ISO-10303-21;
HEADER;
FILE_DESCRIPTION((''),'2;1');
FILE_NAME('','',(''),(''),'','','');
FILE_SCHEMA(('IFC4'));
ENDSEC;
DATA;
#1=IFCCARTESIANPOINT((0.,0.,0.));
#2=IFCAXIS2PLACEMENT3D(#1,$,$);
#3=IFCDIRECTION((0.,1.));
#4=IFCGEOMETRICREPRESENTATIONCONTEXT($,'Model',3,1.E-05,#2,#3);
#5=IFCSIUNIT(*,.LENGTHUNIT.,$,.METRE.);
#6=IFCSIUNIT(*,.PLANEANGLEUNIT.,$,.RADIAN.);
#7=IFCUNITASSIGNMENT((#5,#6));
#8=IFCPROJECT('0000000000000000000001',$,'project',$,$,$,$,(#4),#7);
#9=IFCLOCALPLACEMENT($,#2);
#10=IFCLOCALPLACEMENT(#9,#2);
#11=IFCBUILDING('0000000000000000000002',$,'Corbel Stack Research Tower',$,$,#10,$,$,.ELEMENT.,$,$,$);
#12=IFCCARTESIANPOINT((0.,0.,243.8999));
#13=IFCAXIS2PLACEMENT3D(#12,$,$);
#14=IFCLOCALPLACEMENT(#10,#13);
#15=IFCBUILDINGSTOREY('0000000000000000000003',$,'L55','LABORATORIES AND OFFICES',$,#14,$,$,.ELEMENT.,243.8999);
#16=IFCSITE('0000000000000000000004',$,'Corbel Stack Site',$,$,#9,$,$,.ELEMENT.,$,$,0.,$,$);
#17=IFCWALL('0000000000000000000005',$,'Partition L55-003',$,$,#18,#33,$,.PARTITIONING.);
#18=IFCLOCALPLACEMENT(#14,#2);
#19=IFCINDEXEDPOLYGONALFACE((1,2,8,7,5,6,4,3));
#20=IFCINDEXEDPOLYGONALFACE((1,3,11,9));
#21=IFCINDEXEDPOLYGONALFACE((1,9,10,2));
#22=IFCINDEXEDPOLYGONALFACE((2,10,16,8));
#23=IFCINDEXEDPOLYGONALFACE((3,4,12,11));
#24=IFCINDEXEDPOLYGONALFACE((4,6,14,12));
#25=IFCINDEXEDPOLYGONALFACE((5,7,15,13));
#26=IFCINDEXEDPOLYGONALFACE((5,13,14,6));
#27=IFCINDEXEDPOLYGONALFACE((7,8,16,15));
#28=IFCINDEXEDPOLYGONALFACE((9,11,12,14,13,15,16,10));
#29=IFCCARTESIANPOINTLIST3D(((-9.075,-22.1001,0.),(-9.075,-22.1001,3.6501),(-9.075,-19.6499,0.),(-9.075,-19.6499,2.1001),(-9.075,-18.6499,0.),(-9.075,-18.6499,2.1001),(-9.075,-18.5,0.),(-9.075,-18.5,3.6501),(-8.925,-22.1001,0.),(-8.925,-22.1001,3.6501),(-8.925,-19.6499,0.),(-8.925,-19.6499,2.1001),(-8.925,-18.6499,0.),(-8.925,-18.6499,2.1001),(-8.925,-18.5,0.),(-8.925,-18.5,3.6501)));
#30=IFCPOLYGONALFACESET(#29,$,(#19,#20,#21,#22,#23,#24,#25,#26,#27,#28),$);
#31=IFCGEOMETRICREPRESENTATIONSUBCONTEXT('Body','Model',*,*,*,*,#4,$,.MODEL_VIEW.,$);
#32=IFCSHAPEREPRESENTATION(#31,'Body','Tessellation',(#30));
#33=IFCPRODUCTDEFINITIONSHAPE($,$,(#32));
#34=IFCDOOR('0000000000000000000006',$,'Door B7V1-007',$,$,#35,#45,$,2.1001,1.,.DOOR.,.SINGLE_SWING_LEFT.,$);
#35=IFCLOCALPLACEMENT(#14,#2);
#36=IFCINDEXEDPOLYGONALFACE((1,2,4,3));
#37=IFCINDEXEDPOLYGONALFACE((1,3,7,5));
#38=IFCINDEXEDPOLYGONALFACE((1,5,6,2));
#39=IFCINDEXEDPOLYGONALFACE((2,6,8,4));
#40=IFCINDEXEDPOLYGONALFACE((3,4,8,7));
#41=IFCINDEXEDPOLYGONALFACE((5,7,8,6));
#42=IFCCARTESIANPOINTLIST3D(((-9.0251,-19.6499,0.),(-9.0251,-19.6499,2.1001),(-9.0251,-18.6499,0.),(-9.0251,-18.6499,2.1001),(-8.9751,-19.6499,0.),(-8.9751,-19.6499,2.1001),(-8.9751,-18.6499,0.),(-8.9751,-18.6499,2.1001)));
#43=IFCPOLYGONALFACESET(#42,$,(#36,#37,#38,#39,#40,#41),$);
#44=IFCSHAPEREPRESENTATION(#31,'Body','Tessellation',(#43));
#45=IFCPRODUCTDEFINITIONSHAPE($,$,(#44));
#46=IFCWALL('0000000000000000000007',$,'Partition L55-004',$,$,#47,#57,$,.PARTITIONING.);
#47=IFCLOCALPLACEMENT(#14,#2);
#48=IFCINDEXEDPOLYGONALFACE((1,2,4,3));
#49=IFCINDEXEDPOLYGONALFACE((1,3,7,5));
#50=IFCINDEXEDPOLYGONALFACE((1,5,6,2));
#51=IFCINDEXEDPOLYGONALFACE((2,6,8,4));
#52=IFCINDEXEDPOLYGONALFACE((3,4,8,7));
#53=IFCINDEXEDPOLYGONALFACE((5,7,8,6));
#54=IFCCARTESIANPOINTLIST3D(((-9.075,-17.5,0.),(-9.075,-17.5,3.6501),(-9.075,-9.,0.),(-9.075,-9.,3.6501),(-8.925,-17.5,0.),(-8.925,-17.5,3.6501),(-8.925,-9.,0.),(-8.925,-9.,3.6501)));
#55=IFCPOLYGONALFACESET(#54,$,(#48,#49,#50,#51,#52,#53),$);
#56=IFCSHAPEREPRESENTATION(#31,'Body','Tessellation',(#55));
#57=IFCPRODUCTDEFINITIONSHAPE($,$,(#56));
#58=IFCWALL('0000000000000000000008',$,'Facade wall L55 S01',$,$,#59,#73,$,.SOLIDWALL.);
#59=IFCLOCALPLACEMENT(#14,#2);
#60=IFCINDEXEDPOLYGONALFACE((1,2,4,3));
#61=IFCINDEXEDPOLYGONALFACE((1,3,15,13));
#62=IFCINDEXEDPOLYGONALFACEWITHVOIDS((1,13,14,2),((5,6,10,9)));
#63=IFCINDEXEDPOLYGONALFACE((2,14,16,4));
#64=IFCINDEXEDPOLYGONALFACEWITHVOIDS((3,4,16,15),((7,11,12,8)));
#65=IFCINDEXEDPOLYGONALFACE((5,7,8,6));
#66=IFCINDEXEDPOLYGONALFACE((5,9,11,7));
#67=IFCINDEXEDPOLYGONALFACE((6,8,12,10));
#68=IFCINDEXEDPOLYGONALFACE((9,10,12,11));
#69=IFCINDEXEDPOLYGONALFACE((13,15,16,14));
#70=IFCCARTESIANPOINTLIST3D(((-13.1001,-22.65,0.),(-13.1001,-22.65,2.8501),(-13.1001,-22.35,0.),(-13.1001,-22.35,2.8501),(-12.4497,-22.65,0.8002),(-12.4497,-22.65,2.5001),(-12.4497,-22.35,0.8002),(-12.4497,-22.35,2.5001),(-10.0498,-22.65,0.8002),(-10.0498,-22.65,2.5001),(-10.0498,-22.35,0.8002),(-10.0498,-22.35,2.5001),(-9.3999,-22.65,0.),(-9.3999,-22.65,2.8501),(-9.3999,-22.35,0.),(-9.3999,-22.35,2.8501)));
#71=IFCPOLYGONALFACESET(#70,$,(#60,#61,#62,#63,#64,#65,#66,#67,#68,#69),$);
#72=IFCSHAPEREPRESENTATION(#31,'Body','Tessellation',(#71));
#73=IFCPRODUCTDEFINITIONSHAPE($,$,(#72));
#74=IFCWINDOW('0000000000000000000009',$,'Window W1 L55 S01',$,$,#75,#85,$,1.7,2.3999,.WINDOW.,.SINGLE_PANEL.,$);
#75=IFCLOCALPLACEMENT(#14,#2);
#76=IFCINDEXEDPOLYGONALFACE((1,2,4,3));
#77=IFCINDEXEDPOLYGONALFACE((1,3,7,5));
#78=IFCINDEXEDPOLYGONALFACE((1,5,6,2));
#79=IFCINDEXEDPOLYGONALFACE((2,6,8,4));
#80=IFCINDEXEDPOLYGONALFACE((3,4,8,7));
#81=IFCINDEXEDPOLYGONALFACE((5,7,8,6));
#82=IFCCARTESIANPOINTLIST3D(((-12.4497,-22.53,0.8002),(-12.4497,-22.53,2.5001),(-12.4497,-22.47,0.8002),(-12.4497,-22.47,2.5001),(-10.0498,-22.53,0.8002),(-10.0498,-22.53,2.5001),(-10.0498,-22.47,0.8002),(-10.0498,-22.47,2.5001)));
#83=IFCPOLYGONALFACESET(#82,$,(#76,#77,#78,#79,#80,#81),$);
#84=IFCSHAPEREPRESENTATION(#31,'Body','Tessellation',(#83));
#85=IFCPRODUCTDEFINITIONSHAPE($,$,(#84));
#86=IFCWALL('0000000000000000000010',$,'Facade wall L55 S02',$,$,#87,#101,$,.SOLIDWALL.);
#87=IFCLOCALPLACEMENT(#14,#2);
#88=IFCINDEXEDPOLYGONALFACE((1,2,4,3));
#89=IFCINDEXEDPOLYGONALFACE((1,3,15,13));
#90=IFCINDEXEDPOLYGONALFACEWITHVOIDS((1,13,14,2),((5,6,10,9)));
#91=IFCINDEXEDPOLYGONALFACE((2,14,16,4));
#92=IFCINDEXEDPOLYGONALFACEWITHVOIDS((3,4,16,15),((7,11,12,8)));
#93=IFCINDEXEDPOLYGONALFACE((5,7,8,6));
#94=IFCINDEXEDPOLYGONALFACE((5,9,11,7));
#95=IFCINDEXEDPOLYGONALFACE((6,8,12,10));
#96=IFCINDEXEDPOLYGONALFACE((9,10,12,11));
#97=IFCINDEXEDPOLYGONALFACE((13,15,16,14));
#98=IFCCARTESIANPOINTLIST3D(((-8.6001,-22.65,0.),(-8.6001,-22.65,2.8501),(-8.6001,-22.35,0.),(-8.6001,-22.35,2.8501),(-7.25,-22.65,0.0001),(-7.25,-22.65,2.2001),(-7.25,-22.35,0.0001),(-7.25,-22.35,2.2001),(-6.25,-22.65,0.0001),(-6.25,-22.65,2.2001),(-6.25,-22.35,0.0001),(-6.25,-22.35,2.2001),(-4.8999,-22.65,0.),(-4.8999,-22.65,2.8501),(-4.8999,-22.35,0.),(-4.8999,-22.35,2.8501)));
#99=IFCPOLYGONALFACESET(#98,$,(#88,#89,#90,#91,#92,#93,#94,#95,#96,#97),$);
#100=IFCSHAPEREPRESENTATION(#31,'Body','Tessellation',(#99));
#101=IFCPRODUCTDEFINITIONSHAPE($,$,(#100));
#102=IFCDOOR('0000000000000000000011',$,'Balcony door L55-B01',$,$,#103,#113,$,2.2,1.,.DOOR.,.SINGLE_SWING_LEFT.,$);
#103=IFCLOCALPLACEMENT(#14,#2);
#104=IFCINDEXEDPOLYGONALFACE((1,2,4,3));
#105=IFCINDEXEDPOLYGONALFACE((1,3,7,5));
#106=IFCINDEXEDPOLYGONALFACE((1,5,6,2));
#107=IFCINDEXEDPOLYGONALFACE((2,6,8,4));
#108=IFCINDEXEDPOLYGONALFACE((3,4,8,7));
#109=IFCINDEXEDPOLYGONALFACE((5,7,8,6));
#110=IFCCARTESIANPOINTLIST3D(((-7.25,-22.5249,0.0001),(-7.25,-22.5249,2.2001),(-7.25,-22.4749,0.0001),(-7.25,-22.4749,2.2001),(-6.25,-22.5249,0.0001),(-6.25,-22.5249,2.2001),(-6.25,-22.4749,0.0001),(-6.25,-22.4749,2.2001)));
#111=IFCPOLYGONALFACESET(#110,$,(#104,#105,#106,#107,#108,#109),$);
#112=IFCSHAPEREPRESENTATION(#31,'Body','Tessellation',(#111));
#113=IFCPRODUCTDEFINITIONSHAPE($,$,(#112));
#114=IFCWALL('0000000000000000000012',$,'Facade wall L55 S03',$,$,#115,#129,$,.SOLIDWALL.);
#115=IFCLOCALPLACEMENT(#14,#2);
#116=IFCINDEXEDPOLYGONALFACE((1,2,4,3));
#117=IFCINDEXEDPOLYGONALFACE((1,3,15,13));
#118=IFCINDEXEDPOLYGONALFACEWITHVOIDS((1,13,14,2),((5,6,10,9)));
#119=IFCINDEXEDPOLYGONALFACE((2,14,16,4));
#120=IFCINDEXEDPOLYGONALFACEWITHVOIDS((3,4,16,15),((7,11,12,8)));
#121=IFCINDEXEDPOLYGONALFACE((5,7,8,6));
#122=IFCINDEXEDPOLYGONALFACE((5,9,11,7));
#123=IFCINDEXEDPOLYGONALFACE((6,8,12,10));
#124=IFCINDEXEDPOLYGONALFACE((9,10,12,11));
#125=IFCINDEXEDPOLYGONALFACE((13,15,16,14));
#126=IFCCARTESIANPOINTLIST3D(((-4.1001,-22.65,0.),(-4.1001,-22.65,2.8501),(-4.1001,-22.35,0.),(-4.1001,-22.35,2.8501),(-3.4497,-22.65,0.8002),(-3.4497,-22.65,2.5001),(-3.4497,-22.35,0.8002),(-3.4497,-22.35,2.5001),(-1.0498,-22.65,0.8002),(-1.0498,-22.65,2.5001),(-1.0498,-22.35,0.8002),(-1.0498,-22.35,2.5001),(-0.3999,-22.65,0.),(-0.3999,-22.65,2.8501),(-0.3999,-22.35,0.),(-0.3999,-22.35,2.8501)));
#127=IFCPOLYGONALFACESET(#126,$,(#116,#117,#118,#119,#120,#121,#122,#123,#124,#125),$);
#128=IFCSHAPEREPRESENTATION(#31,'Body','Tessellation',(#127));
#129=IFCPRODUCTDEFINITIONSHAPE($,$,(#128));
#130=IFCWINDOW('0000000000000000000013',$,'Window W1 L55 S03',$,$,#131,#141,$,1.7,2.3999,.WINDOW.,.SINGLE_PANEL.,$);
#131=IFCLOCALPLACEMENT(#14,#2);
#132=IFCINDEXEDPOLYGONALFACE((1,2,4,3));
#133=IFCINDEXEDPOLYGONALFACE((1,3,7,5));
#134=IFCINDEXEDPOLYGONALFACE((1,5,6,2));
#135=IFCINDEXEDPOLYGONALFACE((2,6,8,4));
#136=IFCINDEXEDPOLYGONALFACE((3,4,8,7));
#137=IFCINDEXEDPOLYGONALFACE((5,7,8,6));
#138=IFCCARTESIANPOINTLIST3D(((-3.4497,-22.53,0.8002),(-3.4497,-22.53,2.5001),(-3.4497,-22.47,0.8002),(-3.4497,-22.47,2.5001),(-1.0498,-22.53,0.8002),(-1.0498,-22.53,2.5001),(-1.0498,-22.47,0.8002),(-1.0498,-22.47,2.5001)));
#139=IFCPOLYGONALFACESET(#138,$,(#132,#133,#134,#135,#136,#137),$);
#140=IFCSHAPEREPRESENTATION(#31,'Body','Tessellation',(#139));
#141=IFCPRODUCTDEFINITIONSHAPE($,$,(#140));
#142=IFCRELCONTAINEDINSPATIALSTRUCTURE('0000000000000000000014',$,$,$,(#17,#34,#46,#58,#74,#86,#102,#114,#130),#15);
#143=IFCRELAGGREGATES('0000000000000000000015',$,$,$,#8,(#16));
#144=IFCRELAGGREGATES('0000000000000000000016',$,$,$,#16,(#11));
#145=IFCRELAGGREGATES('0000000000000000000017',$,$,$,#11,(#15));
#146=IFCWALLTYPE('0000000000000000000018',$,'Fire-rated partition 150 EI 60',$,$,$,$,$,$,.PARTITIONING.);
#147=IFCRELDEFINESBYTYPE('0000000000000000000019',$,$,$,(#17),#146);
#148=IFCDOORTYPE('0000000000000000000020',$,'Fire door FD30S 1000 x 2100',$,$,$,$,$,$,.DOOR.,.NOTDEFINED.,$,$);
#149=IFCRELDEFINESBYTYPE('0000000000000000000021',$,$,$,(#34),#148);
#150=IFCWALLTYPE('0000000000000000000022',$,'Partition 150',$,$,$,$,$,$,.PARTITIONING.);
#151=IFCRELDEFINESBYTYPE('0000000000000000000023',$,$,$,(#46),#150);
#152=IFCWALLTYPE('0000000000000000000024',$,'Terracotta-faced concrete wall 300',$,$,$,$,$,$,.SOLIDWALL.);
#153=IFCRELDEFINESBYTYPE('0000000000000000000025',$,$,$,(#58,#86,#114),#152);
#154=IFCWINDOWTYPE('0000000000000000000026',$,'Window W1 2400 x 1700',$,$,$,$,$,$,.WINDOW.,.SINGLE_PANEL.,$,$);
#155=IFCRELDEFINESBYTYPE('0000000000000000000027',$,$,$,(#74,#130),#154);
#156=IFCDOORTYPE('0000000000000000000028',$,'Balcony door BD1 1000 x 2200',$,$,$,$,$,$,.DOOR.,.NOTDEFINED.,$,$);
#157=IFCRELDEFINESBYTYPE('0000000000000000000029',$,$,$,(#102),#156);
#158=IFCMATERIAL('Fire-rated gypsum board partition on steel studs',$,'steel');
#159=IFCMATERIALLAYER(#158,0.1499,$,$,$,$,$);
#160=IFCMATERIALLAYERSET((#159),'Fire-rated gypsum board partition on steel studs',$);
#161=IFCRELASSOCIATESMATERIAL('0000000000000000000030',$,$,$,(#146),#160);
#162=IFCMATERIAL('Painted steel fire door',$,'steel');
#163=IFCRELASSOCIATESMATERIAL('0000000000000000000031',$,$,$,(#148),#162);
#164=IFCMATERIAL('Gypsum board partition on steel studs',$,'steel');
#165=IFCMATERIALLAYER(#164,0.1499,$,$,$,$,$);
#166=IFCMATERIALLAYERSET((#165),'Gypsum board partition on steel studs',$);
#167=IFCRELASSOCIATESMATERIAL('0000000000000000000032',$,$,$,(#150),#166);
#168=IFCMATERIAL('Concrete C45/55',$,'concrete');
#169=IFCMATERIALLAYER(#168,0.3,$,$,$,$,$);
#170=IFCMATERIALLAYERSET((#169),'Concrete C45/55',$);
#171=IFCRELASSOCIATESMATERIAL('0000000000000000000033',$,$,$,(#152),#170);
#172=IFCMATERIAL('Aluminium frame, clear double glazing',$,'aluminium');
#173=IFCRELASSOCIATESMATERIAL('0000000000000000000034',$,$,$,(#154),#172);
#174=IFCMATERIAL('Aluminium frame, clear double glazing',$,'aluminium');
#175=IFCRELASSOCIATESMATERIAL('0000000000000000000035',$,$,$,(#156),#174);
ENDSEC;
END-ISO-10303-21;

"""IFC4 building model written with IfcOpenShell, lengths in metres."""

from ifc_helpers import new_model, si_unit, direction, frame, frame_2d, origin, place, context, subcontext, project, spatial, rectangle, extrude, material, layer, layer_set, type_object, element, fill, save


model = new_model("IFC4")

# Units and contexts
model_context = context("Model", 3, precision=1e-05, world=origin(), true_north=direction((0.0, 1.0)))
body_context = subcontext(model_context, "Body", "Model", "MODEL_VIEW")
ifc_project = project(units=[si_unit("LENGTHUNIT", "METRE"), si_unit("PLANEANGLEUNIT", "RADIAN")], contexts=[model_context])

# Site, building, storey
site_placement = place(None, origin())
site = spatial("IfcSite", under=ifc_project, at=site_placement, Name="Corbel Stack Site", CompositionType="ELEMENT", RefElevation=0.0)
building_placement = place(site_placement, origin())
building = spatial("IfcBuilding", under=site, at=building_placement, Name="Corbel Stack Research Tower", CompositionType="ELEMENT")
storey_placement = place(building_placement, frame((0.0, 0.0, 243.8999)))
storey = spatial("IfcBuildingStorey", under=building, at=storey_placement, Name="L55", Description="LABORATORIES AND OFFICES", CompositionType="ELEMENT", Elevation=243.8999)

# Wall, opening, door
ifc_material_1 = material(Name="Fire-rated gypsum board partition on steel studs", Category="steel")
ifc_layer_1 = layer(ifc_material_1, 0.1499)
ifc_layer_set_1 = layer_set([ifc_layer_1], Name="Fire-rated gypsum board partition on steel studs")
wall_type_1 = type_object("IfcWallType", Name="Fire-rated partition 150 EI 60", PredefinedType="PARTITIONING", material=ifc_layer_set_1)
wall_1_placement = place(storey_placement, frame((-9.0, -18.5, 0.0), z_axis=(0.0, 0.0, 1.0), x_axis=(0.0, -1.0, 0.0)))
wall_1 = element("IfcWall", 1, at=wall_1_placement, inside=storey, type_object=wall_type_1, Name="Partition L55-003", PredefinedType="PARTITIONING", context=body_context, shape_type="SweptSolid", body=[
    extrude(rectangle(XDim=3.6001, YDim=0.1499, at=frame_2d((1.8, 0.0))), origin(), (0.0, 0.0, 1.0), 3.6501),
])
opening_1_placement = place(wall_1_placement, frame((0.1499, 0.0, 0.0)))
opening_1 = element("IfcOpeningElement", 2, at=opening_1_placement, cuts=wall_1, PredefinedType="OPENING", context=body_context, shape_type="SweptSolid", body=[
    extrude(rectangle(XDim=1.0, YDim=2.1001, at=frame_2d((0.5, 1.05))), frame((0.0, 0.085, 0.0), z_axis=(0.0, -1.0, 0.0), x_axis=(1.0, 0.0, 0.0)), (0.0, 0.0, 1.0), 0.1699),
])
ifc_material_2 = material(Name="Painted steel fire door", Category="steel")
door_type_1 = type_object("IfcDoorType", Name="Fire door FD30S 1000 x 2100", OperationType="NOTDEFINED", PredefinedType="DOOR", material=ifc_material_2)
door_1_placement = place(opening_1_placement, origin())
door_1 = element("IfcDoor", 3, at=door_1_placement, inside=storey, type_object=door_type_1, Name="Door B7V1-007", OperationType="SINGLE_SWING_LEFT", OverallHeight=2.1001, OverallWidth=1.0, PredefinedType="DOOR", context=body_context, shape_type="SweptSolid", body=[
    extrude(rectangle(XDim=1.0, YDim=2.1001, at=frame_2d((0.5, 1.05))), frame((0.0, 0.0249, 0.0), z_axis=(0.0, -1.0, 0.0), x_axis=(1.0, 0.0, 0.0)), (0.0, 0.0, 1.0), 0.05),
])
fill(opening_1, door_1)

# Wall
ifc_material_3 = material(Name="Gypsum board partition on steel studs", Category="steel")
ifc_layer_2 = layer(ifc_material_3, 0.1499)
ifc_layer_set_2 = layer_set([ifc_layer_2], Name="Gypsum board partition on steel studs")
wall_type_2 = type_object("IfcWallType", Name="Partition 150", PredefinedType="PARTITIONING", material=ifc_layer_set_2)
wall_2_placement = place(storey_placement, frame((-9.0, -17.5, 0.0), z_axis=(0.0, 0.0, 1.0), x_axis=(0.0, 1.0, 0.0)))
element("IfcWall", 4, at=wall_2_placement, inside=storey, type_object=wall_type_2, Name="Partition L55-004", PredefinedType="PARTITIONING", context=body_context, shape_type="SweptSolid", body=[
    extrude(rectangle(XDim=8.5, YDim=0.1499, at=frame_2d((4.25, 0.0))), origin(), (0.0, 0.0, 1.0), 3.6501),
])

# Wall, opening, window
ifc_material_4 = material(Name="Concrete C45/55", Category="concrete")
ifc_layer_3 = layer(ifc_material_4, 0.3)
ifc_layer_set_3 = layer_set([ifc_layer_3], Name="Concrete C45/55")
wall_type_3 = type_object("IfcWallType", Name="Terracotta-faced concrete wall 300", PredefinedType="SOLIDWALL", material=ifc_layer_set_3)
wall_3_placement = place(storey_placement, frame((-9.3999, -22.5, 0.0), z_axis=(0.0, 0.0, 1.0), x_axis=(-1.0, 0.0, 0.0)))
wall_3 = element("IfcWall", 5, at=wall_3_placement, inside=storey, type_object=wall_type_3, Name="Facade wall L55 S01", PredefinedType="SOLIDWALL", context=body_context, shape_type="SweptSolid", body=[
    extrude(rectangle(XDim=3.7002, YDim=0.3, at=frame_2d((1.8501, 0.0))), origin(), (0.0, 0.0, 1.0), 2.8501),
])
opening_2_placement = place(wall_3_placement, frame((0.6499, 0.0, 0.8)))
opening_2 = element("IfcOpeningElement", 6, at=opening_2_placement, cuts=wall_3, PredefinedType="OPENING", context=body_context, shape_type="SweptSolid", body=[
    extrude(rectangle(XDim=2.3999, YDim=1.7, at=frame_2d((1.2, 0.8501))), frame((0.0, 0.1599, 0.0), z_axis=(0.0, -1.0, 0.0), x_axis=(1.0, 0.0, 0.0)), (0.0, 0.0, 1.0), 0.3201),
])
ifc_material_5 = material(Name="Aluminium frame, clear double glazing", Category="aluminium")
window_type = type_object("IfcWindowType", Name="Window W1 2400 x 1700", PartitioningType="SINGLE_PANEL", PredefinedType="WINDOW", material=ifc_material_5)
window_1_placement = place(opening_2_placement, origin())
window_1 = element("IfcWindow", 7, at=window_1_placement, inside=storey, type_object=window_type, Name="Window W1 L55 S01", OverallHeight=1.7, OverallWidth=2.3999, PartitioningType="SINGLE_PANEL", PredefinedType="WINDOW", context=body_context, shape_type="SweptSolid", body=[
    extrude(rectangle(XDim=2.3999, YDim=1.7, at=frame_2d((1.2, 0.8501))), frame((0.0, 0.03, 0.0), z_axis=(0.0, -1.0, 0.0), x_axis=(1.0, 0.0, 0.0)), (0.0, 0.0, 1.0), 0.0601),
])
fill(opening_2, window_1)

# Wall, opening, door
wall_4_placement = place(storey_placement, frame((-4.8999, -22.5, 0.0), z_axis=(0.0, 0.0, 1.0), x_axis=(-1.0, 0.0, 0.0)))
wall_4 = element("IfcWall", 8, at=wall_4_placement, inside=storey, type_object=wall_type_3, Name="Facade wall L55 S02", PredefinedType="SOLIDWALL", context=body_context, shape_type="SweptSolid", body=[
    extrude(rectangle(XDim=3.7002, YDim=0.3, at=frame_2d((1.8501, 0.0))), origin(), (0.0, 0.0, 1.0), 2.8501),
])
opening_3_placement = place(wall_4_placement, frame((1.3501, 0.0, 0.0)))
opening_3 = element("IfcOpeningElement", 9, at=opening_3_placement, cuts=wall_4, PredefinedType="OPENING", context=body_context, shape_type="SweptSolid", body=[
    extrude(rectangle(XDim=1.0, YDim=2.2, at=frame_2d((0.5, 1.1001))), frame((0.0, 0.1599, 0.0), z_axis=(0.0, -1.0, 0.0), x_axis=(1.0, 0.0, 0.0)), (0.0, 0.0, 1.0), 0.3201),
])
ifc_material_6 = material(Name="Aluminium frame, clear double glazing", Category="aluminium")
door_type_2 = type_object("IfcDoorType", Name="Balcony door BD1 1000 x 2200", OperationType="NOTDEFINED", PredefinedType="DOOR", material=ifc_material_6)
door_2_placement = place(opening_3_placement, origin())
door_2 = element("IfcDoor", 10, at=door_2_placement, inside=storey, type_object=door_type_2, Name="Balcony door L55-B01", OperationType="SINGLE_SWING_LEFT", OverallHeight=2.2, OverallWidth=1.0, PredefinedType="DOOR", context=body_context, shape_type="SweptSolid", body=[
    extrude(rectangle(XDim=1.0, YDim=2.2, at=frame_2d((0.5, 1.1001))), frame((0.0, 0.0249, 0.0), z_axis=(0.0, -1.0, 0.0), x_axis=(1.0, 0.0, 0.0)), (0.0, 0.0, 1.0), 0.05),
])
fill(opening_3, door_2)

# Wall, opening, window
wall_5_placement = place(storey_placement, frame((-0.3999, -22.5, 0.0), z_axis=(0.0, 0.0, 1.0), x_axis=(-1.0, 0.0, 0.0)))
wall_5 = element("IfcWall", 11, at=wall_5_placement, inside=storey, type_object=wall_type_3, Name="Facade wall L55 S03", PredefinedType="SOLIDWALL", context=body_context, shape_type="SweptSolid", body=[
    extrude(rectangle(XDim=3.7002, YDim=0.3, at=frame_2d((1.8501, 0.0))), origin(), (0.0, 0.0, 1.0), 2.8501),
])
opening_4_placement = place(wall_5_placement, frame((0.6499, 0.0, 0.8)))
opening_4 = element("IfcOpeningElement", 12, at=opening_4_placement, cuts=wall_5, PredefinedType="OPENING", context=body_context, shape_type="SweptSolid", body=[
    extrude(rectangle(XDim=2.3999, YDim=1.7, at=frame_2d((1.2, 0.8501))), frame((0.0, 0.1599, 0.0), z_axis=(0.0, -1.0, 0.0), x_axis=(1.0, 0.0, 0.0)), (0.0, 0.0, 1.0), 0.3201),
])
window_2_placement = place(opening_4_placement, origin())
window_2 = element("IfcWindow", 13, at=window_2_placement, inside=storey, type_object=window_type, Name="Window W1 L55 S03", OverallHeight=1.7, OverallWidth=2.3999, PartitioningType="SINGLE_PANEL", PredefinedType="WINDOW", context=body_context, shape_type="SweptSolid", body=[
    extrude(rectangle(XDim=2.3999, YDim=1.7, at=frame_2d((1.2, 0.8501))), frame((0.0, 0.03, 0.0), z_axis=(0.0, -1.0, 0.0), x_axis=(1.0, 0.0, 0.0)), (0.0, 0.0, 1.0), 0.0601),
])
fill(opening_4, window_2)

save(model, "model.ifc")
